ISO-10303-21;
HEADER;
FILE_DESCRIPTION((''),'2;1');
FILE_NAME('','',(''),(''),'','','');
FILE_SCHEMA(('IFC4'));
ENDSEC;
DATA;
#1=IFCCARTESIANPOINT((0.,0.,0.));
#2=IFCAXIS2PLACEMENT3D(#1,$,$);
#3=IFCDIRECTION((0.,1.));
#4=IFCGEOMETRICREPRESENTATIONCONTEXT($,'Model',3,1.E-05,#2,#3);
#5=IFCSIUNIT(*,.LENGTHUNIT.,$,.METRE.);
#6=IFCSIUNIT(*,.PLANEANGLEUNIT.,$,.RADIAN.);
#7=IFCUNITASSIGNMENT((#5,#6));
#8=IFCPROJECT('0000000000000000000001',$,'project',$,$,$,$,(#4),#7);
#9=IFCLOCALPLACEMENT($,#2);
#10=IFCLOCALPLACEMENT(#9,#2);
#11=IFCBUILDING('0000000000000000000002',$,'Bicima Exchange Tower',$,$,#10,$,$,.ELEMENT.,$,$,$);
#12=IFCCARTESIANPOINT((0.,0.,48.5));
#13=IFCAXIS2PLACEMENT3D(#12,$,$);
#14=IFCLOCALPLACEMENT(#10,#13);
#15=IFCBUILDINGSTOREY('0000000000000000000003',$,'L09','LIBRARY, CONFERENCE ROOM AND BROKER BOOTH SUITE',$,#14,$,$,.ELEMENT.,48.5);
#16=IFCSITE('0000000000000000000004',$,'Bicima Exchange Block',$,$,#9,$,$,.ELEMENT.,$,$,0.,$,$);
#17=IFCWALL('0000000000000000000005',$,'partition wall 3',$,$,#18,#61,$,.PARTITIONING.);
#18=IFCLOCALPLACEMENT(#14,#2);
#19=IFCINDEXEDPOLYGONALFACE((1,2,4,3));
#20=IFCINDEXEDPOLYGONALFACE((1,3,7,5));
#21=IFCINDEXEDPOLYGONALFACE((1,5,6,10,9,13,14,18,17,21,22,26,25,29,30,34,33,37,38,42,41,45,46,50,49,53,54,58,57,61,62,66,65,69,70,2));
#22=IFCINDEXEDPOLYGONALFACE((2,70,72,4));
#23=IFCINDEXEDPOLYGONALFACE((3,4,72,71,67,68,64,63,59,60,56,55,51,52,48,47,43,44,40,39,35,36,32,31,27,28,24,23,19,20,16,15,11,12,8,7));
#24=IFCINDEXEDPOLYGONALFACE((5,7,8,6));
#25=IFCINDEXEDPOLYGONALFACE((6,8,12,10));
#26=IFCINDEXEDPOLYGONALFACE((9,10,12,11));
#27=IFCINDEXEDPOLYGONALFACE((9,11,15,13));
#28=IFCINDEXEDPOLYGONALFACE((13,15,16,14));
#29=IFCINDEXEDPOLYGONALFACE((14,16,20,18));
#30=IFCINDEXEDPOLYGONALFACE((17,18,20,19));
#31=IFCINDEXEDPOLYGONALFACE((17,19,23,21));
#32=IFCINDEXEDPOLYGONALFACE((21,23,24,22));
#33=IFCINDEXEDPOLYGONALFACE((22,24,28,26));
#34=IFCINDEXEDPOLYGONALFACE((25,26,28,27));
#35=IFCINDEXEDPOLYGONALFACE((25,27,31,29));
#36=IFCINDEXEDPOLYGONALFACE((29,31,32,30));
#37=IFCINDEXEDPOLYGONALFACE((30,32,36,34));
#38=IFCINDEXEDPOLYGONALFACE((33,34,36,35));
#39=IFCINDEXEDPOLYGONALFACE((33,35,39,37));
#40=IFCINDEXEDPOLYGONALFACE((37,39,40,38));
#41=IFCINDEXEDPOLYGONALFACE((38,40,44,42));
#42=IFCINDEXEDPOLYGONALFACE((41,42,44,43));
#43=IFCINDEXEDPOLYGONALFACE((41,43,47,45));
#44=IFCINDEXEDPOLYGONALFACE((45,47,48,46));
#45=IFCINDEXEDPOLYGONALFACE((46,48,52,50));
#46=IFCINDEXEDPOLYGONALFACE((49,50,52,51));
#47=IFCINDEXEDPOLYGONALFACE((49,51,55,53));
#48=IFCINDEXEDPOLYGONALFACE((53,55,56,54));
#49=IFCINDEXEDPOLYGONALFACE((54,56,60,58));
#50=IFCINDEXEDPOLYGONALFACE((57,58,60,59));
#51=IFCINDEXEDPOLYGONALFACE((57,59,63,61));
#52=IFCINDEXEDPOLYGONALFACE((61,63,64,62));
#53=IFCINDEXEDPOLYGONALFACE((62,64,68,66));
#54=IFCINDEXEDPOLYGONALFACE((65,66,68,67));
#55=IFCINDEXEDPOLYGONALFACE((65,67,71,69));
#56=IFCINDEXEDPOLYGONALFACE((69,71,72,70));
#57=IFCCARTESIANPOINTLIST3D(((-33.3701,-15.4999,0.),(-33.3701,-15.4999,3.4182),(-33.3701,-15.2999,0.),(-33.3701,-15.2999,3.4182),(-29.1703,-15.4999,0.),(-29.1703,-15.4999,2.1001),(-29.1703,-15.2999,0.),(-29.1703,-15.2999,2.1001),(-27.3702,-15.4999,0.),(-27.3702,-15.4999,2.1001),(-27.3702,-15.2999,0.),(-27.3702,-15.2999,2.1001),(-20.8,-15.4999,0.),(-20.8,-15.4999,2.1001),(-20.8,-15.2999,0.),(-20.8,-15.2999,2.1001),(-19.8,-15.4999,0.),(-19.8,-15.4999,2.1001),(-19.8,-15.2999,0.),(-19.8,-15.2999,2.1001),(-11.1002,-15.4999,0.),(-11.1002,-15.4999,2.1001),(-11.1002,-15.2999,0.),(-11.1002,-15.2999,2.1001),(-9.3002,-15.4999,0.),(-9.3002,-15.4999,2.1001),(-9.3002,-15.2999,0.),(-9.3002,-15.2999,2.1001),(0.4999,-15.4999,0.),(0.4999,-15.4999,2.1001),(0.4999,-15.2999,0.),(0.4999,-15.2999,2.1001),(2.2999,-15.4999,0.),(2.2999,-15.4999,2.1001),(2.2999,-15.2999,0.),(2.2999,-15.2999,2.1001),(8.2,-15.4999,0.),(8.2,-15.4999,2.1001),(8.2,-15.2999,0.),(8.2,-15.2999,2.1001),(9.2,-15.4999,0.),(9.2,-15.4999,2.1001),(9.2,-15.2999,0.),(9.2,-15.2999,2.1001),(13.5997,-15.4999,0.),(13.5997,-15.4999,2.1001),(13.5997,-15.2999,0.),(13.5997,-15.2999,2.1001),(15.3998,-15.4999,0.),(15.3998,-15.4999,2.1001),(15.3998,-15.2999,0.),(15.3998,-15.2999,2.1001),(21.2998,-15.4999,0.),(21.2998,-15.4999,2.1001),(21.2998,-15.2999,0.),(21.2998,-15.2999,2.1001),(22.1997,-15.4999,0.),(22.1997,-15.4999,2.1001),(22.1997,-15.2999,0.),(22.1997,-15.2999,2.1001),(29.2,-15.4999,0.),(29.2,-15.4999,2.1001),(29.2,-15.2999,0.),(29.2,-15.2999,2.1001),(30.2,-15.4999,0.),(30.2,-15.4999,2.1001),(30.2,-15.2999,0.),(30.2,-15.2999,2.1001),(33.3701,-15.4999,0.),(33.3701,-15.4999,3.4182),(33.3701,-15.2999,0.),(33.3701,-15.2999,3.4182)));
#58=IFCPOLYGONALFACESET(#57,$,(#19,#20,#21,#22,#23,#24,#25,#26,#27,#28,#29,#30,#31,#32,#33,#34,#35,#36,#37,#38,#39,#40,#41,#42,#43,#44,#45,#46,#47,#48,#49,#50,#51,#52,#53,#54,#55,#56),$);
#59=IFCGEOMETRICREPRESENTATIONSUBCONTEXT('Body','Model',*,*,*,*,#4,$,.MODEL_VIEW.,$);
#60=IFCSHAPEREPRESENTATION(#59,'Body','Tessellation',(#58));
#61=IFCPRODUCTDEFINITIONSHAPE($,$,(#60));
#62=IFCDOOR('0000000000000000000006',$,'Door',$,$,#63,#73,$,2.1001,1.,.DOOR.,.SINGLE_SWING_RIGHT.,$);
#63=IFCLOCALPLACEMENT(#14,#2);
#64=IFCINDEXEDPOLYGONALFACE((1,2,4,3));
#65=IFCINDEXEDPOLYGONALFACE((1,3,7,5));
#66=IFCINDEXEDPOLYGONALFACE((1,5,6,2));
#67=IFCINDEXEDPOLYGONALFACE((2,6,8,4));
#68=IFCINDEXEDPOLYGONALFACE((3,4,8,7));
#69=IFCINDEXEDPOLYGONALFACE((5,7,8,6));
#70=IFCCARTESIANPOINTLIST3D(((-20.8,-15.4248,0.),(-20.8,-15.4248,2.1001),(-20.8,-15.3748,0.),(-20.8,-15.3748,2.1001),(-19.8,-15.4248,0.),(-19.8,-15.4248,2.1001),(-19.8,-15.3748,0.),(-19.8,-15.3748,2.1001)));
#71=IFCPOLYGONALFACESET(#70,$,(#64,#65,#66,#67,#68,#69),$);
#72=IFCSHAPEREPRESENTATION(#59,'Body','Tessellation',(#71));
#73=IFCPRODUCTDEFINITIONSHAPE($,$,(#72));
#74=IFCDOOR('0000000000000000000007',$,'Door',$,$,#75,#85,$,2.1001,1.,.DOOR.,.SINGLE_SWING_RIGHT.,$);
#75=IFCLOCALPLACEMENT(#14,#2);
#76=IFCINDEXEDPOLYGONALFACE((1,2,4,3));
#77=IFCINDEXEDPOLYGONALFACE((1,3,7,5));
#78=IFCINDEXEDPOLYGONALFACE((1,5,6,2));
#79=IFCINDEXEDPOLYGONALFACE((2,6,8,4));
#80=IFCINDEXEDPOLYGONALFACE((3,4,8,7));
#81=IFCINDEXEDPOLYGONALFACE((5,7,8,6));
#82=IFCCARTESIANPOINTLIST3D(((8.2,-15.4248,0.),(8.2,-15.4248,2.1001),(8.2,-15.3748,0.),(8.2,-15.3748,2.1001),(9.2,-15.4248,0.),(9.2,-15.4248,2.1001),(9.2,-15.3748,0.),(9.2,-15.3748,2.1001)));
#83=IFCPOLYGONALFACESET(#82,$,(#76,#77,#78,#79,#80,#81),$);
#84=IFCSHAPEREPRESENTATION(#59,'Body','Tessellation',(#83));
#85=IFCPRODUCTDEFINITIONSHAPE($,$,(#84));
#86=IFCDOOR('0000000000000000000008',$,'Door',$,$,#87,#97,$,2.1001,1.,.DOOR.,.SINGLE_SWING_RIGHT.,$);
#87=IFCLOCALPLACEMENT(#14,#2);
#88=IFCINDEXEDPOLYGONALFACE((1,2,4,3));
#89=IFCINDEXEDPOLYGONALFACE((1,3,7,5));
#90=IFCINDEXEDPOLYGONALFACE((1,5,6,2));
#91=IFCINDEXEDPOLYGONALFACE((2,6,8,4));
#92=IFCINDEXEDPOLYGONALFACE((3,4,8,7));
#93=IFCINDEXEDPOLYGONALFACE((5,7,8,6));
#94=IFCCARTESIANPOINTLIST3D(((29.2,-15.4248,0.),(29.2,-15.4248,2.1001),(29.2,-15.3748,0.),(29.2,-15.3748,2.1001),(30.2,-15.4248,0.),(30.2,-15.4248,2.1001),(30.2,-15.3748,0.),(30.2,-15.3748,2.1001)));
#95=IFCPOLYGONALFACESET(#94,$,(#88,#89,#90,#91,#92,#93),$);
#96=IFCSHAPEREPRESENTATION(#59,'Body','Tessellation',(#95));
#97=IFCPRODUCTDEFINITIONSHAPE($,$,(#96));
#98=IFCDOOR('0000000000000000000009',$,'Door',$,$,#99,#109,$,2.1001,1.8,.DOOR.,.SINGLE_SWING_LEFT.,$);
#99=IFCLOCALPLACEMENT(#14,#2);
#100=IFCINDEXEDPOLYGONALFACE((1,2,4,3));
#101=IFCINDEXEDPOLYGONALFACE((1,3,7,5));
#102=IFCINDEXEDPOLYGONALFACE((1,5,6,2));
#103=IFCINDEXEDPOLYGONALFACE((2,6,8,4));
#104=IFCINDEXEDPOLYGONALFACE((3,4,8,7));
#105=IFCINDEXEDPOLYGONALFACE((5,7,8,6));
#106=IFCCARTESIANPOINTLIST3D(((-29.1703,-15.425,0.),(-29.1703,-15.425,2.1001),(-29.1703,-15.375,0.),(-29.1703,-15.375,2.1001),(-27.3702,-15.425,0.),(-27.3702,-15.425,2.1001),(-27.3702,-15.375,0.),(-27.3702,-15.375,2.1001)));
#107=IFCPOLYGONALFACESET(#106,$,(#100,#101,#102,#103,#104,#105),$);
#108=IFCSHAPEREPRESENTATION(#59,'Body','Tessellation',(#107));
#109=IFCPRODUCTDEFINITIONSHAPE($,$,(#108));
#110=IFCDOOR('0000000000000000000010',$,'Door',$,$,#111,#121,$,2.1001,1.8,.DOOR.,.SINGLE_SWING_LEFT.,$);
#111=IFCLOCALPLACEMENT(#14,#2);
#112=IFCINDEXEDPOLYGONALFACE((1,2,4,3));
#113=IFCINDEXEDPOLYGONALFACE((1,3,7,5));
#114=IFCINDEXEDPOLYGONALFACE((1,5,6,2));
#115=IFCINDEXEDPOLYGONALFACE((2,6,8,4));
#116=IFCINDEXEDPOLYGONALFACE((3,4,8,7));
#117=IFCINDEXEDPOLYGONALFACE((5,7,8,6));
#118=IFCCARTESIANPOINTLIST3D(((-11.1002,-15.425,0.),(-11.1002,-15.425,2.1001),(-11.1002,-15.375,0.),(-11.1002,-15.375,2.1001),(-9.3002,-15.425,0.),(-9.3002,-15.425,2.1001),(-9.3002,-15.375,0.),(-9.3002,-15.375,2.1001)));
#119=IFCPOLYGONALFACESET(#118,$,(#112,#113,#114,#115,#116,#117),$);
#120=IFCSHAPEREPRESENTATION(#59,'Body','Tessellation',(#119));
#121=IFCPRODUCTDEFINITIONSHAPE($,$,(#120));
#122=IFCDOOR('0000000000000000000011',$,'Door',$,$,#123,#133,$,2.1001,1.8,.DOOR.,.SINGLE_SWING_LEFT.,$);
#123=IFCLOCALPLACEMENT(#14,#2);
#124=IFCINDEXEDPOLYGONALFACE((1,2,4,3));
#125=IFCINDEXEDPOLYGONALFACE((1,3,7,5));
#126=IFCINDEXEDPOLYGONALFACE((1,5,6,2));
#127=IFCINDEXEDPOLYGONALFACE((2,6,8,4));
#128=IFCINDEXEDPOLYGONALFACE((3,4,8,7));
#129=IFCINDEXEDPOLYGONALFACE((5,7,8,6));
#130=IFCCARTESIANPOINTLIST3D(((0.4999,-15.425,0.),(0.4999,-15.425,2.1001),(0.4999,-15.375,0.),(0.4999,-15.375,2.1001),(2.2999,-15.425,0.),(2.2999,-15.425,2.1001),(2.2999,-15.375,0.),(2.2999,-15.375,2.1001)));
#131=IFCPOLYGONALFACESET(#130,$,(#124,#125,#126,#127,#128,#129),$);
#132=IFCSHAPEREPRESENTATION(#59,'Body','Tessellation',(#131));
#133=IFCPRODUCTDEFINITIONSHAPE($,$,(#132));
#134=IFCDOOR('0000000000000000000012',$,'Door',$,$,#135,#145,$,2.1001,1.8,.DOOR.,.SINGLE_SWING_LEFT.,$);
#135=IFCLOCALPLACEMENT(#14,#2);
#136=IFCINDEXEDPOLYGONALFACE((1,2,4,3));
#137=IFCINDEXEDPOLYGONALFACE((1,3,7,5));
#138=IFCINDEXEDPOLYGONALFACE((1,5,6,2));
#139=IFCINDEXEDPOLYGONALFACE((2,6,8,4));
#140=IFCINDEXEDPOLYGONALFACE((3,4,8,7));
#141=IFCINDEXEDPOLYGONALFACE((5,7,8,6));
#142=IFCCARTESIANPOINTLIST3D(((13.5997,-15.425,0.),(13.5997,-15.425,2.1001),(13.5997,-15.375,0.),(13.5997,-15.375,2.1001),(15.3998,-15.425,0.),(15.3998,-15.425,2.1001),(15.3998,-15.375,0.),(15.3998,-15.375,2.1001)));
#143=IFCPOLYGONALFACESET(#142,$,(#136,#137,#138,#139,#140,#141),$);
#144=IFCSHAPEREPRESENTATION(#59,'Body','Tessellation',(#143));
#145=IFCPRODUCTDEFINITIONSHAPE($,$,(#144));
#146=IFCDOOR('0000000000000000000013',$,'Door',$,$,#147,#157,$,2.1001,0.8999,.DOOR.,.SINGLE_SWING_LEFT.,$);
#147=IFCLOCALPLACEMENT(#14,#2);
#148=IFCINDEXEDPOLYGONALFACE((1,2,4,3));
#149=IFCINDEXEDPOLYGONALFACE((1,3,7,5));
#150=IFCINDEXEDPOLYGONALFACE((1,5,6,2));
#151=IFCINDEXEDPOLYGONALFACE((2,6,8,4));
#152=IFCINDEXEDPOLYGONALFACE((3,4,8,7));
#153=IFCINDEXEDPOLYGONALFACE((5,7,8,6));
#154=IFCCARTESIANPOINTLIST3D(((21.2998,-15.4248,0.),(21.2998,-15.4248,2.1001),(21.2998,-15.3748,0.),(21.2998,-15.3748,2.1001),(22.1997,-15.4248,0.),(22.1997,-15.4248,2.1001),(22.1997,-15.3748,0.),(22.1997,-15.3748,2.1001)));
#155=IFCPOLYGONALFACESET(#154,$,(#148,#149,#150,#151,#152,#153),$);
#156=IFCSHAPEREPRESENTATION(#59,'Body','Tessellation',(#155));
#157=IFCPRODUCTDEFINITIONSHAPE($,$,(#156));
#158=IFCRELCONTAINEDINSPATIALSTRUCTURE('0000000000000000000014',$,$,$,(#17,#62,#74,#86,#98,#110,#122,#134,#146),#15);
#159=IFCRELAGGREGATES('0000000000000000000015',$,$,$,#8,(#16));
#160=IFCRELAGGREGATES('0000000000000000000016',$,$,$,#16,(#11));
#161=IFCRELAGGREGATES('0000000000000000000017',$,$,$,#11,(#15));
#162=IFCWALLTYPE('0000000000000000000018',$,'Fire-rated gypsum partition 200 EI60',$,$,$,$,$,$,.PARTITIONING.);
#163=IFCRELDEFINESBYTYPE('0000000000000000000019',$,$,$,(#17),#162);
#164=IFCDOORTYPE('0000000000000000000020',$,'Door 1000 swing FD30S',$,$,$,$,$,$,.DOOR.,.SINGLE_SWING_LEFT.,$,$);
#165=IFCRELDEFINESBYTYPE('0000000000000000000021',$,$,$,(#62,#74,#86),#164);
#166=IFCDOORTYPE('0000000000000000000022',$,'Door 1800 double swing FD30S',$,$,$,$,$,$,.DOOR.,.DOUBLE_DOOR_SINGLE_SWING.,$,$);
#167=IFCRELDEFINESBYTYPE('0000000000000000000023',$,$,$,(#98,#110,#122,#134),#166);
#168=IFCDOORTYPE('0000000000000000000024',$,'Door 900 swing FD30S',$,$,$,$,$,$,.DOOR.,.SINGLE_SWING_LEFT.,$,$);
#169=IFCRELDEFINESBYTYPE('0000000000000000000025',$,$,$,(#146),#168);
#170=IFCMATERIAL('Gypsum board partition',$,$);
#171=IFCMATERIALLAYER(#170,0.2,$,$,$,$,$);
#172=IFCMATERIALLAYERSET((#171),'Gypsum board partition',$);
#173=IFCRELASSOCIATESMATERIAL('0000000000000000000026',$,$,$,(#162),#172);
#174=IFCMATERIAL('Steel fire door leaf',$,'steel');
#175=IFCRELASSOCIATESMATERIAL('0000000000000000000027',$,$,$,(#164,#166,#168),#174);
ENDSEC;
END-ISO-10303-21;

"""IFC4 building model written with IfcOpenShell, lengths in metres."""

from ifc_helpers import new_model, si_unit, direction, frame, frame_2d, origin, place, context, subcontext, project, spatial, rectangle, extrude, material, layer, layer_set, type_object, element, fill, save


model = new_model("IFC4")

# Units and contexts
model_context = context("Model", 3, precision=1e-05, world=origin(), true_north=direction((0.0, 1.0)))
body_context = subcontext(model_context, "Body", "Model", "MODEL_VIEW")
ifc_project = project(units=[si_unit("LENGTHUNIT", "METRE"), si_unit("PLANEANGLEUNIT", "RADIAN")], contexts=[model_context])

# Site, building, storey
site_placement = place(None, origin())
site = spatial("IfcSite", under=ifc_project, at=site_placement, Name="Bicima Exchange Block", CompositionType="ELEMENT", RefElevation=0.0)
building_placement = place(site_placement, origin())
building = spatial("IfcBuilding", under=site, at=building_placement, Name="Bicima Exchange Tower", CompositionType="ELEMENT")
storey_placement = place(building_placement, frame((0.0, 0.0, 48.5)))
storey = spatial("IfcBuildingStorey", under=building, at=storey_placement, Name="L09", Description="LIBRARY, CONFERENCE ROOM AND BROKER BOOTH SUITE", CompositionType="ELEMENT", Elevation=48.5)

# Wall, openings, doors
ifc_material_1 = material(Name="Gypsum board partition")
ifc_layer_1 = layer(ifc_material_1, 0.2)
ifc_layer_set_1 = layer_set([ifc_layer_1], Name="Gypsum board partition")
wall_type_1 = type_object("IfcWallType", Name="Fire-rated gypsum partition 200 EI60", PredefinedType="PARTITIONING", material=ifc_layer_set_1)
wall_1_placement = place(storey_placement, frame((-33.3701, -15.3999, 0.0), z_axis=(0.0, 0.0, 1.0), x_axis=(1.0, 0.0, 0.0)))
wall_1 = element("IfcWall", 1, at=wall_1_placement, inside=storey, type_object=wall_type_1, Name="partition wall 3", PredefinedType="PARTITIONING", context=body_context, shape_type="SweptSolid", body=[
    extrude(rectangle(XDim=66.7402, YDim=0.2, at=frame_2d((33.3701, 0.0))), origin(), (0.0, 0.0, 1.0), 3.4182),
])
opening_1_placement = place(wall_1_placement, frame((4.2, 0.0, 0.0)))
opening_1 = element("IfcOpeningElement", 2, at=opening_1_placement, cuts=wall_1, PredefinedType="OPENING", context=body_context, shape_type="SweptSolid", body=[
    extrude(rectangle(XDim=1.8, YDim=2.1001, at=frame_2d((0.8999, 1.05))), frame((0.0, 0.1118, 0.0), z_axis=(0.0, -1.0, 0.0), x_axis=(1.0, 0.0, 0.0)), (0.0, 0.0, 1.0), 0.2239),
])
opening_2_placement = place(wall_1_placement, frame((12.5701, 0.0, 0.0)))
opening_2 = element("IfcOpeningElement", 3, at=opening_2_placement, cuts=wall_1, PredefinedType="OPENING", context=body_context, shape_type="SweptSolid", body=[
    extrude(rectangle(XDim=1.0, YDim=2.1001, at=frame_2d((0.5, 1.05))), frame((0.0, 0.1118, 0.0), z_axis=(0.0, -1.0, 0.0), x_axis=(1.0, 0.0, 0.0)), (0.0, 0.0, 1.0), 0.2239),
])
opening_3_placement = place(wall_1_placement, frame((22.27, 0.0, 0.0)))
opening_3 = element("IfcOpeningElement", 4, at=opening_3_placement, cuts=wall_1, PredefinedType="OPENING", context=body_context, shape_type="SweptSolid", body=[
    extrude(rectangle(XDim=1.8, YDim=2.1001, at=frame_2d((0.8999, 1.05))), frame((0.0, 0.1118, 0.0), z_axis=(0.0, -1.0, 0.0), x_axis=(1.0, 0.0, 0.0)), (0.0, 0.0, 1.0), 0.2239),
])
opening_4_placement = place(wall_1_placement, frame((33.8701, 0.0, 0.0)))
opening_4 = element("IfcOpeningElement", 5, at=opening_4_placement, cuts=wall_1, PredefinedType="OPENING", context=body_context, shape_type="SweptSolid", body=[
    extrude(rectangle(XDim=1.8, YDim=2.1001, at=frame_2d((0.8999, 1.05))), frame((0.0, 0.1118, 0.0), z_axis=(0.0, -1.0, 0.0), x_axis=(1.0, 0.0, 0.0)), (0.0, 0.0, 1.0), 0.2239),
])
opening_5_placement = place(wall_1_placement, frame((41.5701, 0.0, 0.0)))
opening_5 = element("IfcOpeningElement", 6, at=opening_5_placement, cuts=wall_1, PredefinedType="OPENING", context=body_context, shape_type="SweptSolid", body=[
    extrude(rectangle(XDim=1.0, YDim=2.1001, at=frame_2d((0.5, 1.05))), frame((0.0, 0.1118, 0.0), z_axis=(0.0, -1.0, 0.0), x_axis=(1.0, 0.0, 0.0)), (0.0, 0.0, 1.0), 0.2239),
])
opening_6_placement = place(wall_1_placement, frame((46.97, 0.0, 0.0)))
opening_6 = element("IfcOpeningElement", 7, at=opening_6_placement, cuts=wall_1, PredefinedType="OPENING", context=body_context, shape_type="SweptSolid", body=[
    extrude(rectangle(XDim=1.8, YDim=2.1001, at=frame_2d((0.8999, 1.05))), frame((0.0, 0.1118, 0.0), z_axis=(0.0, -1.0, 0.0), x_axis=(1.0, 0.0, 0.0)), (0.0, 0.0, 1.0), 0.2239),
])
opening_7_placement = place(wall_1_placement, frame((54.6699, 0.0, 0.0)))
opening_7 = element("IfcOpeningElement", 8, at=opening_7_placement, cuts=wall_1, PredefinedType="OPENING", context=body_context, shape_type="SweptSolid", body=[
    extrude(rectangle(XDim=0.8999, YDim=2.1001, at=frame_2d((0.45, 1.05))), frame((0.0, 0.1118, 0.0), z_axis=(0.0, -1.0, 0.0), x_axis=(1.0, 0.0, 0.0)), (0.0, 0.0, 1.0), 0.2239),
])
opening_8_placement = place(wall_1_placement, frame((62.5701, 0.0, 0.0)))
opening_8 = element("IfcOpeningElement", 9, at=opening_8_placement, cuts=wall_1, PredefinedType="OPENING", context=body_context, shape_type="SweptSolid", body=[
    extrude(rectangle(XDim=1.0, YDim=2.1001, at=frame_2d((0.5, 1.05))), frame((0.0, 0.1118, 0.0), z_axis=(0.0, -1.0, 0.0), x_axis=(1.0, 0.0, 0.0)), (0.0, 0.0, 1.0), 0.2239),
])
ifc_material_2 = material(Name="Steel fire door leaf", Category="steel")
door_type_1 = type_object("IfcDoorType", Name="Door 1000 swing FD30S", OperationType="SINGLE_SWING_LEFT", PredefinedType="DOOR", material=ifc_material_2)
door_1_placement = place(opening_2_placement, frame((1.0, 0.0, 0.0), z_axis=(0.0, 0.0, 1.0), x_axis=(-1.0, 0.0, 0.0)))
door_1 = element("IfcDoor", 10, at=door_1_placement, inside=storey, type_object=door_type_1, Name="Door", OperationType="SINGLE_SWING_RIGHT", OverallHeight=2.1001, OverallWidth=1.0, PredefinedType="DOOR", context=body_context, shape_type="SweptSolid", body=[
    extrude(rectangle(XDim=1.0, YDim=2.1001, at=frame_2d((0.5, 1.05))), frame((0.0, 0.0249, 0.0), z_axis=(0.0, -1.0, 0.0), x_axis=(1.0, 0.0, 0.0)), (0.0, 0.0, 1.0), 0.05),
])
fill(opening_2, door_1)
door_2_placement = place(opening_5_placement, frame((1.0, 0.0, 0.0), z_axis=(0.0, 0.0, 1.0), x_axis=(-1.0, 0.0, 0.0)))
door_2 = element("IfcDoor", 11, at=door_2_placement, inside=storey, type_object=door_type_1, Name="Door", OperationType="SINGLE_SWING_RIGHT", OverallHeight=2.1001, OverallWidth=1.0, PredefinedType="DOOR", context=body_context, shape_type="SweptSolid", body=[
    extrude(rectangle(XDim=1.0, YDim=2.1001, at=frame_2d((0.5, 1.05))), frame((0.0, 0.0249, 0.0), z_axis=(0.0, -1.0, 0.0), x_axis=(1.0, 0.0, 0.0)), (0.0, 0.0, 1.0), 0.05),
])
fill(opening_5, door_2)
door_3_placement = place(opening_8_placement, frame((1.0, 0.0, 0.0), z_axis=(0.0, 0.0, 1.0), x_axis=(-1.0, 0.0, 0.0)))
door_3 = element("IfcDoor", 12, at=door_3_placement, inside=storey, type_object=door_type_1, Name="Door", OperationType="SINGLE_SWING_RIGHT", OverallHeight=2.1001, OverallWidth=1.0, PredefinedType="DOOR", context=body_context, shape_type="SweptSolid", body=[
    extrude(rectangle(XDim=1.0, YDim=2.1001, at=frame_2d((0.5, 1.05))), frame((0.0, 0.0249, 0.0), z_axis=(0.0, -1.0, 0.0), x_axis=(1.0, 0.0, 0.0)), (0.0, 0.0, 1.0), 0.05),
])
fill(opening_8, door_3)
door_type_2 = type_object("IfcDoorType", Name="Door 1800 double swing FD30S", OperationType="DOUBLE_DOOR_SINGLE_SWING", PredefinedType="DOOR", material=ifc_material_2)
door_4_placement = place(opening_1_placement, origin())
door_4 = element("IfcDoor", 13, at=door_4_placement, inside=storey, type_object=door_type_2, Name="Door", OperationType="SINGLE_SWING_LEFT", OverallHeight=2.1001, OverallWidth=1.8, PredefinedType="DOOR", context=body_context, shape_type="SweptSolid", body=[
    extrude(rectangle(XDim=1.8, YDim=2.1001, at=frame_2d((0.8999, 1.05))), frame((0.0, 0.0249, 0.0), z_axis=(0.0, -1.0, 0.0), x_axis=(1.0, 0.0, 0.0)), (0.0, 0.0, 1.0), 0.05),
])
fill(opening_1, door_4)
door_5_placement = place(opening_3_placement, origin())
door_5 = element("IfcDoor", 14, at=door_5_placement, inside=storey, type_object=door_type_2, Name="Door", OperationType="SINGLE_SWING_LEFT", OverallHeight=2.1001, OverallWidth=1.8, PredefinedType="DOOR", context=body_context, shape_type="SweptSolid", body=[
    extrude(rectangle(XDim=1.8, YDim=2.1001, at=frame_2d((0.8999, 1.05))), frame((0.0, 0.0249, 0.0), z_axis=(0.0, -1.0, 0.0), x_axis=(1.0, 0.0, 0.0)), (0.0, 0.0, 1.0), 0.05),
])
fill(opening_3, door_5)
door_6_placement = place(opening_4_placement, origin())
door_6 = element("IfcDoor", 15, at=door_6_placement, inside=storey, type_object=door_type_2, Name="Door", OperationType="SINGLE_SWING_LEFT", OverallHeight=2.1001, OverallWidth=1.8, PredefinedType="DOOR", context=body_context, shape_type="SweptSolid", body=[
    extrude(rectangle(XDim=1.8, YDim=2.1001, at=frame_2d((0.8999, 1.05))), frame((0.0, 0.0249, 0.0), z_axis=(0.0, -1.0, 0.0), x_axis=(1.0, 0.0, 0.0)), (0.0, 0.0, 1.0), 0.05),
])
fill(opening_4, door_6)
door_7_placement = place(opening_6_placement, origin())
door_7 = element("IfcDoor", 16, at=door_7_placement, inside=storey, type_object=door_type_2, Name="Door", OperationType="SINGLE_SWING_LEFT", OverallHeight=2.1001, OverallWidth=1.8, PredefinedType="DOOR", context=body_context, shape_type="SweptSolid", body=[
    extrude(rectangle(XDim=1.8, YDim=2.1001, at=frame_2d((0.8999, 1.05))), frame((0.0, 0.0249, 0.0), z_axis=(0.0, -1.0, 0.0), x_axis=(1.0, 0.0, 0.0)), (0.0, 0.0, 1.0), 0.05),
])
fill(opening_6, door_7)
door_type_3 = type_object("IfcDoorType", Name="Door 900 swing FD30S", OperationType="SINGLE_SWING_LEFT", PredefinedType="DOOR", material=ifc_material_2)
door_8_placement = place(opening_7_placement, frame((0.8999, 0.0, 0.0), z_axis=(0.0, 0.0, 1.0), x_axis=(-1.0, 0.0, 0.0)))
door_8 = element("IfcDoor", 17, at=door_8_placement, inside=storey, type_object=door_type_3, Name="Door", OperationType="SINGLE_SWING_LEFT", OverallHeight=2.1001, OverallWidth=0.8999, PredefinedType="DOOR", context=body_context, shape_type="SweptSolid", body=[
    extrude(rectangle(XDim=0.8999, YDim=2.1001, at=frame_2d((0.45, 1.05))), frame((0.0, 0.0249, 0.0), z_axis=(0.0, -1.0, 0.0), x_axis=(1.0, 0.0, 0.0)), (0.0, 0.0, 1.0), 0.05),
])
fill(opening_7, door_8)

save(model, "model.ifc")
